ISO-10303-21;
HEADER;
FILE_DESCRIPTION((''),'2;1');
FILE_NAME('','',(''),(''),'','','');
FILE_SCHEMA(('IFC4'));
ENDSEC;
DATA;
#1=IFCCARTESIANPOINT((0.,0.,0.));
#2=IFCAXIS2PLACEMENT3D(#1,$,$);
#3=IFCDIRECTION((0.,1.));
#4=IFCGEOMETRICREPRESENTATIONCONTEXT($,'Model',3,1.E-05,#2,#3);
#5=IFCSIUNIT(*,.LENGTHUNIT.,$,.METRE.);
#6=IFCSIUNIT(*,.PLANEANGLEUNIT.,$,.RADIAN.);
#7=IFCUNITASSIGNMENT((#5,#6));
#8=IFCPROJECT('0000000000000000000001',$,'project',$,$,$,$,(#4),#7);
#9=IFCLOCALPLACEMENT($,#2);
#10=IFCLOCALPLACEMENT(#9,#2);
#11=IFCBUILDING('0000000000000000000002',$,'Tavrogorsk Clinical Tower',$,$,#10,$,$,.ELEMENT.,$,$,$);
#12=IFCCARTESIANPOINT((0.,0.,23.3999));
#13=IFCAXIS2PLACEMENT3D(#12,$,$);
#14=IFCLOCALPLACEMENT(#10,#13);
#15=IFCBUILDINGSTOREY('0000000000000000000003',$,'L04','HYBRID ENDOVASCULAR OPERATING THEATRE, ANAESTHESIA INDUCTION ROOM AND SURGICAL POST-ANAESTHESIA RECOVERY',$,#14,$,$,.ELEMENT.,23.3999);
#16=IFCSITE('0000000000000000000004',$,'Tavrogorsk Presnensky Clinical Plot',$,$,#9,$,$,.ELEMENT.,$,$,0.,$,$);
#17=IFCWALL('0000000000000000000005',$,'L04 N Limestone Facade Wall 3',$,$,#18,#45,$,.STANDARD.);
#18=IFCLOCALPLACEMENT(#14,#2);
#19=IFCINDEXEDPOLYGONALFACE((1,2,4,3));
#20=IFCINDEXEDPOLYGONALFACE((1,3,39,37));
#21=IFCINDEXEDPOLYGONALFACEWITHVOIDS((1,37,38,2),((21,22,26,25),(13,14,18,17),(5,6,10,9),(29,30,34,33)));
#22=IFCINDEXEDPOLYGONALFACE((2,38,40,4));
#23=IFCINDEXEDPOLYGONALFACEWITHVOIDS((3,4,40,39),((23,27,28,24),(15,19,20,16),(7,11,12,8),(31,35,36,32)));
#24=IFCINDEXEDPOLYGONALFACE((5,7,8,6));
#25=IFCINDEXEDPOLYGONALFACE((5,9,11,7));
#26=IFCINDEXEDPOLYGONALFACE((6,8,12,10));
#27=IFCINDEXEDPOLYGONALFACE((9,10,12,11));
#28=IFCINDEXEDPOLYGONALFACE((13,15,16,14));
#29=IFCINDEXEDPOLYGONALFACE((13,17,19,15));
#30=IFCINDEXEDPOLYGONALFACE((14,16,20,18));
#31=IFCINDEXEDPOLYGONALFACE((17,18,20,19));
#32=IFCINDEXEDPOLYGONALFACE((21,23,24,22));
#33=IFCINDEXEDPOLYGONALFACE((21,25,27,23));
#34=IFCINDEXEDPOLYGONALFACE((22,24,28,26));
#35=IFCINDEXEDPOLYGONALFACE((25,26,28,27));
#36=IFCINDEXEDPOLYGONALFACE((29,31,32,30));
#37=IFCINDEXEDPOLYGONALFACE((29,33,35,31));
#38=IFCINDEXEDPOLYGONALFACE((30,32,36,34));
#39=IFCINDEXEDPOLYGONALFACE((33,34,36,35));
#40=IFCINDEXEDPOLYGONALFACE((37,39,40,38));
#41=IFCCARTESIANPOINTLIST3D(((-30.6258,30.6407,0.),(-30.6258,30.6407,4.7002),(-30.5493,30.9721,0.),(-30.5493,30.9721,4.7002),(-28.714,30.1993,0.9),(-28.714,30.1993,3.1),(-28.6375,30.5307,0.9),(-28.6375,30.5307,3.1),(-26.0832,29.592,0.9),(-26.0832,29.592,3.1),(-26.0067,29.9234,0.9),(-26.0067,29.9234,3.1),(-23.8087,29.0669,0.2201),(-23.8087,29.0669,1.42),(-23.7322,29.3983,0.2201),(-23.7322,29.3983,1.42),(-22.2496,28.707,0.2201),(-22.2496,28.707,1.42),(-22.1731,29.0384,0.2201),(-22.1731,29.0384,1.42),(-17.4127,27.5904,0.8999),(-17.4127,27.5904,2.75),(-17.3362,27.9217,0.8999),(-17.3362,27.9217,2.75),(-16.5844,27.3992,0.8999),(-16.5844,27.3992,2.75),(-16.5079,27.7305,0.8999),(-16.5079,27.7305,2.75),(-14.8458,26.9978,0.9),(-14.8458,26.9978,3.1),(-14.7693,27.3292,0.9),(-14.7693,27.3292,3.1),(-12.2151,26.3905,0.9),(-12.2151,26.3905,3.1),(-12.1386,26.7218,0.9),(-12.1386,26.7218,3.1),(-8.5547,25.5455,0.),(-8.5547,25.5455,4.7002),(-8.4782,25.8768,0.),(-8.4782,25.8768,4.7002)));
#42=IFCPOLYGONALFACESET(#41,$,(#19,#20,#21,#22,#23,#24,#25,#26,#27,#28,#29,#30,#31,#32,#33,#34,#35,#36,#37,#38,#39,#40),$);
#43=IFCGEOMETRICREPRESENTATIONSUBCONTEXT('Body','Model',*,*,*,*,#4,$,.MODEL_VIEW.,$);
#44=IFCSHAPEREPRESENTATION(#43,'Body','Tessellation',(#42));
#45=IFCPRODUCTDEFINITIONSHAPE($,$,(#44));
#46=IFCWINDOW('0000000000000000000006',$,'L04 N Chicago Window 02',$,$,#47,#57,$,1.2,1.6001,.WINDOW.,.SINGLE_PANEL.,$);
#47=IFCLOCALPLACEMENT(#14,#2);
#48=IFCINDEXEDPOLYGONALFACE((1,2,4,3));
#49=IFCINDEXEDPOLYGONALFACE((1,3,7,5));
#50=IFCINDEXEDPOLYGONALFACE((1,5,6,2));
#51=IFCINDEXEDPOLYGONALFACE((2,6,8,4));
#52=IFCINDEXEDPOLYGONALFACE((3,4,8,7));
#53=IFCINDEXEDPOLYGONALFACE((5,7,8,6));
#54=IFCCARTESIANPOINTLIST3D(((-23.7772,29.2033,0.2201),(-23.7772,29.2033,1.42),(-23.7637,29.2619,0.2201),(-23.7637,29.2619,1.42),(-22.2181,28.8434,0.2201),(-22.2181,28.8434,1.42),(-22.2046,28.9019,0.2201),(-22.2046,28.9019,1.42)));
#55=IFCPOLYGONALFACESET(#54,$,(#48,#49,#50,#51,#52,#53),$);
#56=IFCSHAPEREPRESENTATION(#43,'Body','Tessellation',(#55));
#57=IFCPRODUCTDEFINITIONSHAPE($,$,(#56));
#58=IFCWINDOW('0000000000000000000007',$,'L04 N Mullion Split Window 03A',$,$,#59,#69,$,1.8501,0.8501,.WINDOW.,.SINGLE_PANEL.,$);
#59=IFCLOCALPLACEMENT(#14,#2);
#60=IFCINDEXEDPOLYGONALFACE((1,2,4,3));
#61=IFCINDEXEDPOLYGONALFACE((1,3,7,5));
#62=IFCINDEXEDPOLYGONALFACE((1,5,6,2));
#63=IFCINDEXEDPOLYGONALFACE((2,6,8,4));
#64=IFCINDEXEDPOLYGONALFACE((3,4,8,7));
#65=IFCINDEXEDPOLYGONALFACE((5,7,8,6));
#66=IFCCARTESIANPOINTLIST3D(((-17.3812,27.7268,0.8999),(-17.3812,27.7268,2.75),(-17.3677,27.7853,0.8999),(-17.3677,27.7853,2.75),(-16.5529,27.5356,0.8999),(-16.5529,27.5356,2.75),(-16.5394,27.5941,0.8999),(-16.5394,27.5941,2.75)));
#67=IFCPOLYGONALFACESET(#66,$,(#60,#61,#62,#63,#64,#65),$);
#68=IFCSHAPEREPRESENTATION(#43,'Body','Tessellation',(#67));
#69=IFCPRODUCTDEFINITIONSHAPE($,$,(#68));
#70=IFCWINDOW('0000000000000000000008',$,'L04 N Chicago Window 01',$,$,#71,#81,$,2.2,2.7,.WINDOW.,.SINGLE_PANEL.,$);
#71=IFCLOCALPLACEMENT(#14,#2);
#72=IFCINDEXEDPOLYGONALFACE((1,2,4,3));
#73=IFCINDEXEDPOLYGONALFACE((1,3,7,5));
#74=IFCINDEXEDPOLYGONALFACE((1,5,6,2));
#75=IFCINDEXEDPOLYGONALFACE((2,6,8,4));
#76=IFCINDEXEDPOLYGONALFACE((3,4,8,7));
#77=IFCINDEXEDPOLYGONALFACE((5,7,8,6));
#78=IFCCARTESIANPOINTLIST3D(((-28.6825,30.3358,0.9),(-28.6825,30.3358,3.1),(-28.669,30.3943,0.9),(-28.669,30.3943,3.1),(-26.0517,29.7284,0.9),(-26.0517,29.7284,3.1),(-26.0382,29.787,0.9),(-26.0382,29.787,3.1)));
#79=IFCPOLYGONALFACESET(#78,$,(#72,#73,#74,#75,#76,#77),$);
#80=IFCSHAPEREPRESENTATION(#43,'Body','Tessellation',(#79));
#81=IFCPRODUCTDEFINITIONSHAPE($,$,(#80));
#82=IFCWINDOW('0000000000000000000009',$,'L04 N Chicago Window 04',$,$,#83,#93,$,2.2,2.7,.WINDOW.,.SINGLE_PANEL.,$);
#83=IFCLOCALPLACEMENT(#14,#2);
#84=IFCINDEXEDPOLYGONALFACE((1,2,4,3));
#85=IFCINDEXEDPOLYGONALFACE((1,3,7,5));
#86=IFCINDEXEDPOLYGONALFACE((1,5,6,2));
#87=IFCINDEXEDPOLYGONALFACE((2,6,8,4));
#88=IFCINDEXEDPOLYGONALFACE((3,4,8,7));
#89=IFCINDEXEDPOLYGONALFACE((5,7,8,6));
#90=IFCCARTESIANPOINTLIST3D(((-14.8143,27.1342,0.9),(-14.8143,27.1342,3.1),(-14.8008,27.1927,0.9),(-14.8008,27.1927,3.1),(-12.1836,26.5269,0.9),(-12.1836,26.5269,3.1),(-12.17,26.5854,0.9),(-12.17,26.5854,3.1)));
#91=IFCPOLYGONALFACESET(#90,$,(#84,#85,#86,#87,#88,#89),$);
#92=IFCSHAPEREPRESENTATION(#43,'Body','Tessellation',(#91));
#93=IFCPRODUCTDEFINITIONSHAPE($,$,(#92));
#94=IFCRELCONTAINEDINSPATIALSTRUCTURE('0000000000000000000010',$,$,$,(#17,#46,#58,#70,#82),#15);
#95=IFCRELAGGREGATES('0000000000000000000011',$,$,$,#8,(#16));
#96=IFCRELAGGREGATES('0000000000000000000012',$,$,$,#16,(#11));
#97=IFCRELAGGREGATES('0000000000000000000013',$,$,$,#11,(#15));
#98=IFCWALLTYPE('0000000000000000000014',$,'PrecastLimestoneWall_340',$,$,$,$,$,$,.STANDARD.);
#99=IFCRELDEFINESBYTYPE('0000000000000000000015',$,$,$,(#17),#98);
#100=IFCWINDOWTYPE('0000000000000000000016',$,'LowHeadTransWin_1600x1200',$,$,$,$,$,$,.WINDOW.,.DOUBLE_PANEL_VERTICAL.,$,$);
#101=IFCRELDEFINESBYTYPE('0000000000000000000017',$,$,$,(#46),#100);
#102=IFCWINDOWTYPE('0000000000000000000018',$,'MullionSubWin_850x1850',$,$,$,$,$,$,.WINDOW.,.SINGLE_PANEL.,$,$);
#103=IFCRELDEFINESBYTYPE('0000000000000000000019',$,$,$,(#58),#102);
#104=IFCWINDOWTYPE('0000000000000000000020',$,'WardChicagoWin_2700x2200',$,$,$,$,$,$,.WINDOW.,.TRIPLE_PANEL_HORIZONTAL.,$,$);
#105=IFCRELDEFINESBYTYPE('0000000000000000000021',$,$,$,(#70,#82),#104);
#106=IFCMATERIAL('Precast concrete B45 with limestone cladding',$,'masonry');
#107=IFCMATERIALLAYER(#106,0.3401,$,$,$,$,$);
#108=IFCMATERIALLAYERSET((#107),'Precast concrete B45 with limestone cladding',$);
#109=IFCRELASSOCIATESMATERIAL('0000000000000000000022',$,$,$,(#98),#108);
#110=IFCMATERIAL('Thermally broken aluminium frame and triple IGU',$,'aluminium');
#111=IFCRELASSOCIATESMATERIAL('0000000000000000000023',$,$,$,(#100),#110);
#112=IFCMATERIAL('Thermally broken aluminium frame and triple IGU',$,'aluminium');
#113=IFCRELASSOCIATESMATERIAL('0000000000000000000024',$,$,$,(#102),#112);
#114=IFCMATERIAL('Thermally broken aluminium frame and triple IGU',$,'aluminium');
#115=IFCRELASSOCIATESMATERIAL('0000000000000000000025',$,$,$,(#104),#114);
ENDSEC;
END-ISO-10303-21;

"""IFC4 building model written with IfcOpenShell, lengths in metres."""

from ifc_helpers import new_model, si_unit, direction, frame, frame_2d, origin, place, context, subcontext, project, spatial, rectangle, extrude, material, layer, layer_set, type_object, element, fill, save


model = new_model("IFC4")

# Units and contexts
model_context = context("Model", 3, precision=1e-05, world=origin(), true_north=direction((0.0, 1.0)))
body_context = subcontext(model_context, "Body", "Model", "MODEL_VIEW")
ifc_project = project(units=[si_unit("LENGTHUNIT", "METRE"), si_unit("PLANEANGLEUNIT", "RADIAN")], contexts=[model_context])

# Site, building, storey
site_placement = place(None, origin())
site = spatial("IfcSite", under=ifc_project, at=site_placement, Name="Tavrogorsk Presnensky Clinical Plot", CompositionType="ELEMENT", RefElevation=0.0)
building_placement = place(site_placement, origin())
building = spatial("IfcBuilding", under=site, at=building_placement, Name="Tavrogorsk Clinical Tower", CompositionType="ELEMENT")
storey_placement = place(building_placement, frame((0.0, 0.0, 23.3999)))
storey = spatial("IfcBuildingStorey", under=building, at=storey_placement, Name="L04", Description="HYBRID ENDOVASCULAR OPERATING THEATRE, ANAESTHESIA INDUCTION ROOM AND SURGICAL POST-ANAESTHESIA RECOVERY", CompositionType="ELEMENT", Elevation=23.3999)

# Wall, openings, windows
ifc_material_1 = material(Name="Precast concrete B45 with limestone cladding", Category="masonry")
ifc_layer_1 = layer(ifc_material_1, 0.3401)
ifc_layer_set_1 = layer_set([ifc_layer_1], Name="Precast concrete B45 with limestone cladding")
wall_type_1 = type_object("IfcWallType", Name="PrecastLimestoneWall_340", PredefinedType="STANDARD", material=ifc_layer_set_1)
wall_1_placement = place(storey_placement, frame((-8.5166, 25.7112, 0.0), z_axis=(0.0, 0.0, 1.0), x_axis=(-0.974373, 0.224939, 0.0)))
wall_1 = element("IfcWall", 1, at=wall_1_placement, inside=storey, type_object=wall_type_1, Name="L04 N Limestone Facade Wall 3", PredefinedType="STANDARD", context=body_context, shape_type="SweptSolid", body=[
    extrude(rectangle(XDim=22.6516, YDim=0.3401, at=frame_2d((11.3257, 0.0))), origin(), (0.0, 0.0, 1.0), 4.7002),
])
opening_1_placement = place(wall_1_placement, frame((17.9893, 0.0, 0.8999)))
opening_1 = element("IfcOpeningElement", 2, at=opening_1_placement, cuts=wall_1, PredefinedType="OPENING", context=body_context, shape_type="SweptSolid", body=[
    extrude(rectangle(XDim=2.7, YDim=2.2, at=frame_2d((1.3501, 1.1001))), frame((0.0, 0.1799, 0.0), z_axis=(0.0, -1.0, 0.0), x_axis=(1.0, 0.0, 0.0)), (0.0, 0.0, 1.0), 0.3601),
])
opening_2_placement = place(wall_1_placement, frame((14.0549, 0.0, 0.22)))
opening_2 = element("IfcOpeningElement", 3, at=opening_2_placement, cuts=wall_1, PredefinedType="OPENING", context=body_context, shape_type="SweptSolid", body=[
    extrude(rectangle(XDim=1.6001, YDim=1.2, at=frame_2d((0.8, 0.6001))), frame((0.0, 0.1799, 0.0), z_axis=(0.0, -1.0, 0.0), x_axis=(1.0, 0.0, 0.0)), (0.0, 0.0, 1.0), 0.3601),
])
opening_3_placement = place(wall_1_placement, frame((8.2407, 0.0, 0.8999)))
opening_3 = element("IfcOpeningElement", 4, at=opening_3_placement, cuts=wall_1, PredefinedType="OPENING", context=body_context, shape_type="SweptSolid", body=[
    extrude(rectangle(XDim=0.8501, YDim=1.8501, at=frame_2d((0.425, 0.925))), frame((0.0, 0.1799, 0.0), z_axis=(0.0, -1.0, 0.0), x_axis=(1.0, 0.0, 0.0)), (0.0, 0.0, 1.0), 0.3601),
])
opening_4_placement = place(wall_1_placement, frame((3.7563, 0.0, 0.8999)))
opening_4 = element("IfcOpeningElement", 5, at=opening_4_placement, cuts=wall_1, PredefinedType="OPENING", context=body_context, shape_type="SweptSolid", body=[
    extrude(rectangle(XDim=2.7, YDim=2.2, at=frame_2d((1.3501, 1.1001))), frame((0.0, 0.1799, 0.0), z_axis=(0.0, -1.0, 0.0), x_axis=(1.0, 0.0, 0.0)), (0.0, 0.0, 1.0), 0.3601),
])
ifc_material_2 = material(Name="Thermally broken aluminium frame and triple IGU", Category="aluminium")
window_type_1 = type_object("IfcWindowType", Name="LowHeadTransWin_1600x1200", PartitioningType="DOUBLE_PANEL_VERTICAL", PredefinedType="WINDOW", material=ifc_material_2)
window_1_placement = place(opening_2_placement, origin())
window_1 = element("IfcWindow", 6, at=window_1_placement, inside=storey, type_object=window_type_1, Name="L04 N Chicago Window 02", OverallHeight=1.2, OverallWidth=1.6001, PartitioningType="SINGLE_PANEL", PredefinedType="WINDOW", context=body_context, shape_type="SweptSolid", body=[
    extrude(rectangle(XDim=1.6001, YDim=1.2, at=frame_2d((0.8, 0.6001))), frame((0.0, 0.03, 0.0), z_axis=(0.0, -1.0, 0.0), x_axis=(1.0, 0.0, 0.0)), (0.0, 0.0, 1.0), 0.0601),
])
fill(opening_2, window_1)
ifc_material_3 = material(Name="Thermally broken aluminium frame and triple IGU", Category="aluminium")
window_type_2 = type_object("IfcWindowType", Name="MullionSubWin_850x1850", PartitioningType="SINGLE_PANEL", PredefinedType="WINDOW", material=ifc_material_3)
window_2_placement = place(opening_3_placement, origin())
window_2 = element("IfcWindow", 7, at=window_2_placement, inside=storey, type_object=window_type_2, Name="L04 N Mullion Split Window 03A", OverallHeight=1.8501, OverallWidth=0.8501, PartitioningType="SINGLE_PANEL", PredefinedType="WINDOW", context=body_context, shape_type="SweptSolid", body=[
    extrude(rectangle(XDim=0.8501, YDim=1.8501, at=frame_2d((0.425, 0.925))), frame((0.0, 0.03, 0.0), z_axis=(0.0, -1.0, 0.0), x_axis=(1.0, 0.0, 0.0)), (0.0, 0.0, 1.0), 0.0601),
])
fill(opening_3, window_2)
ifc_material_4 = material(Name="Thermally broken aluminium frame and triple IGU", Category="aluminium")
window_type_3 = type_object("IfcWindowType", Name="WardChicagoWin_2700x2200", PartitioningType="TRIPLE_PANEL_HORIZONTAL", PredefinedType="WINDOW", material=ifc_material_4)
window_3_placement = place(opening_1_placement, origin())
window_3 = element("IfcWindow", 8, at=window_3_placement, inside=storey, type_object=window_type_3, Name="L04 N Chicago Window 01", OverallHeight=2.2, OverallWidth=2.7, PartitioningType="SINGLE_PANEL", PredefinedType="WINDOW", context=body_context, shape_type="SweptSolid", body=[
    extrude(rectangle(XDim=2.7, YDim=2.2, at=frame_2d((1.3501, 1.1001))), frame((0.0, 0.03, 0.0), z_axis=(0.0, -1.0, 0.0), x_axis=(1.0, 0.0, 0.0)), (0.0, 0.0, 1.0), 0.0601),
])
fill(opening_1, window_3)
window_4_placement = place(opening_4_placement, origin())
window_4 = element("IfcWindow", 9, at=window_4_placement, inside=storey, type_object=window_type_3, Name="L04 N Chicago Window 04", OverallHeight=2.2, OverallWidth=2.7, PartitioningType="SINGLE_PANEL", PredefinedType="WINDOW", context=body_context, shape_type="SweptSolid", body=[
    extrude(rectangle(XDim=2.7, YDim=2.2, at=frame_2d((1.3501, 1.1001))), frame((0.0, 0.03, 0.0), z_axis=(0.0, -1.0, 0.0), x_axis=(1.0, 0.0, 0.0)), (0.0, 0.0, 1.0), 0.0601),
])
fill(opening_4, window_4)

save(model, "model.ifc")
